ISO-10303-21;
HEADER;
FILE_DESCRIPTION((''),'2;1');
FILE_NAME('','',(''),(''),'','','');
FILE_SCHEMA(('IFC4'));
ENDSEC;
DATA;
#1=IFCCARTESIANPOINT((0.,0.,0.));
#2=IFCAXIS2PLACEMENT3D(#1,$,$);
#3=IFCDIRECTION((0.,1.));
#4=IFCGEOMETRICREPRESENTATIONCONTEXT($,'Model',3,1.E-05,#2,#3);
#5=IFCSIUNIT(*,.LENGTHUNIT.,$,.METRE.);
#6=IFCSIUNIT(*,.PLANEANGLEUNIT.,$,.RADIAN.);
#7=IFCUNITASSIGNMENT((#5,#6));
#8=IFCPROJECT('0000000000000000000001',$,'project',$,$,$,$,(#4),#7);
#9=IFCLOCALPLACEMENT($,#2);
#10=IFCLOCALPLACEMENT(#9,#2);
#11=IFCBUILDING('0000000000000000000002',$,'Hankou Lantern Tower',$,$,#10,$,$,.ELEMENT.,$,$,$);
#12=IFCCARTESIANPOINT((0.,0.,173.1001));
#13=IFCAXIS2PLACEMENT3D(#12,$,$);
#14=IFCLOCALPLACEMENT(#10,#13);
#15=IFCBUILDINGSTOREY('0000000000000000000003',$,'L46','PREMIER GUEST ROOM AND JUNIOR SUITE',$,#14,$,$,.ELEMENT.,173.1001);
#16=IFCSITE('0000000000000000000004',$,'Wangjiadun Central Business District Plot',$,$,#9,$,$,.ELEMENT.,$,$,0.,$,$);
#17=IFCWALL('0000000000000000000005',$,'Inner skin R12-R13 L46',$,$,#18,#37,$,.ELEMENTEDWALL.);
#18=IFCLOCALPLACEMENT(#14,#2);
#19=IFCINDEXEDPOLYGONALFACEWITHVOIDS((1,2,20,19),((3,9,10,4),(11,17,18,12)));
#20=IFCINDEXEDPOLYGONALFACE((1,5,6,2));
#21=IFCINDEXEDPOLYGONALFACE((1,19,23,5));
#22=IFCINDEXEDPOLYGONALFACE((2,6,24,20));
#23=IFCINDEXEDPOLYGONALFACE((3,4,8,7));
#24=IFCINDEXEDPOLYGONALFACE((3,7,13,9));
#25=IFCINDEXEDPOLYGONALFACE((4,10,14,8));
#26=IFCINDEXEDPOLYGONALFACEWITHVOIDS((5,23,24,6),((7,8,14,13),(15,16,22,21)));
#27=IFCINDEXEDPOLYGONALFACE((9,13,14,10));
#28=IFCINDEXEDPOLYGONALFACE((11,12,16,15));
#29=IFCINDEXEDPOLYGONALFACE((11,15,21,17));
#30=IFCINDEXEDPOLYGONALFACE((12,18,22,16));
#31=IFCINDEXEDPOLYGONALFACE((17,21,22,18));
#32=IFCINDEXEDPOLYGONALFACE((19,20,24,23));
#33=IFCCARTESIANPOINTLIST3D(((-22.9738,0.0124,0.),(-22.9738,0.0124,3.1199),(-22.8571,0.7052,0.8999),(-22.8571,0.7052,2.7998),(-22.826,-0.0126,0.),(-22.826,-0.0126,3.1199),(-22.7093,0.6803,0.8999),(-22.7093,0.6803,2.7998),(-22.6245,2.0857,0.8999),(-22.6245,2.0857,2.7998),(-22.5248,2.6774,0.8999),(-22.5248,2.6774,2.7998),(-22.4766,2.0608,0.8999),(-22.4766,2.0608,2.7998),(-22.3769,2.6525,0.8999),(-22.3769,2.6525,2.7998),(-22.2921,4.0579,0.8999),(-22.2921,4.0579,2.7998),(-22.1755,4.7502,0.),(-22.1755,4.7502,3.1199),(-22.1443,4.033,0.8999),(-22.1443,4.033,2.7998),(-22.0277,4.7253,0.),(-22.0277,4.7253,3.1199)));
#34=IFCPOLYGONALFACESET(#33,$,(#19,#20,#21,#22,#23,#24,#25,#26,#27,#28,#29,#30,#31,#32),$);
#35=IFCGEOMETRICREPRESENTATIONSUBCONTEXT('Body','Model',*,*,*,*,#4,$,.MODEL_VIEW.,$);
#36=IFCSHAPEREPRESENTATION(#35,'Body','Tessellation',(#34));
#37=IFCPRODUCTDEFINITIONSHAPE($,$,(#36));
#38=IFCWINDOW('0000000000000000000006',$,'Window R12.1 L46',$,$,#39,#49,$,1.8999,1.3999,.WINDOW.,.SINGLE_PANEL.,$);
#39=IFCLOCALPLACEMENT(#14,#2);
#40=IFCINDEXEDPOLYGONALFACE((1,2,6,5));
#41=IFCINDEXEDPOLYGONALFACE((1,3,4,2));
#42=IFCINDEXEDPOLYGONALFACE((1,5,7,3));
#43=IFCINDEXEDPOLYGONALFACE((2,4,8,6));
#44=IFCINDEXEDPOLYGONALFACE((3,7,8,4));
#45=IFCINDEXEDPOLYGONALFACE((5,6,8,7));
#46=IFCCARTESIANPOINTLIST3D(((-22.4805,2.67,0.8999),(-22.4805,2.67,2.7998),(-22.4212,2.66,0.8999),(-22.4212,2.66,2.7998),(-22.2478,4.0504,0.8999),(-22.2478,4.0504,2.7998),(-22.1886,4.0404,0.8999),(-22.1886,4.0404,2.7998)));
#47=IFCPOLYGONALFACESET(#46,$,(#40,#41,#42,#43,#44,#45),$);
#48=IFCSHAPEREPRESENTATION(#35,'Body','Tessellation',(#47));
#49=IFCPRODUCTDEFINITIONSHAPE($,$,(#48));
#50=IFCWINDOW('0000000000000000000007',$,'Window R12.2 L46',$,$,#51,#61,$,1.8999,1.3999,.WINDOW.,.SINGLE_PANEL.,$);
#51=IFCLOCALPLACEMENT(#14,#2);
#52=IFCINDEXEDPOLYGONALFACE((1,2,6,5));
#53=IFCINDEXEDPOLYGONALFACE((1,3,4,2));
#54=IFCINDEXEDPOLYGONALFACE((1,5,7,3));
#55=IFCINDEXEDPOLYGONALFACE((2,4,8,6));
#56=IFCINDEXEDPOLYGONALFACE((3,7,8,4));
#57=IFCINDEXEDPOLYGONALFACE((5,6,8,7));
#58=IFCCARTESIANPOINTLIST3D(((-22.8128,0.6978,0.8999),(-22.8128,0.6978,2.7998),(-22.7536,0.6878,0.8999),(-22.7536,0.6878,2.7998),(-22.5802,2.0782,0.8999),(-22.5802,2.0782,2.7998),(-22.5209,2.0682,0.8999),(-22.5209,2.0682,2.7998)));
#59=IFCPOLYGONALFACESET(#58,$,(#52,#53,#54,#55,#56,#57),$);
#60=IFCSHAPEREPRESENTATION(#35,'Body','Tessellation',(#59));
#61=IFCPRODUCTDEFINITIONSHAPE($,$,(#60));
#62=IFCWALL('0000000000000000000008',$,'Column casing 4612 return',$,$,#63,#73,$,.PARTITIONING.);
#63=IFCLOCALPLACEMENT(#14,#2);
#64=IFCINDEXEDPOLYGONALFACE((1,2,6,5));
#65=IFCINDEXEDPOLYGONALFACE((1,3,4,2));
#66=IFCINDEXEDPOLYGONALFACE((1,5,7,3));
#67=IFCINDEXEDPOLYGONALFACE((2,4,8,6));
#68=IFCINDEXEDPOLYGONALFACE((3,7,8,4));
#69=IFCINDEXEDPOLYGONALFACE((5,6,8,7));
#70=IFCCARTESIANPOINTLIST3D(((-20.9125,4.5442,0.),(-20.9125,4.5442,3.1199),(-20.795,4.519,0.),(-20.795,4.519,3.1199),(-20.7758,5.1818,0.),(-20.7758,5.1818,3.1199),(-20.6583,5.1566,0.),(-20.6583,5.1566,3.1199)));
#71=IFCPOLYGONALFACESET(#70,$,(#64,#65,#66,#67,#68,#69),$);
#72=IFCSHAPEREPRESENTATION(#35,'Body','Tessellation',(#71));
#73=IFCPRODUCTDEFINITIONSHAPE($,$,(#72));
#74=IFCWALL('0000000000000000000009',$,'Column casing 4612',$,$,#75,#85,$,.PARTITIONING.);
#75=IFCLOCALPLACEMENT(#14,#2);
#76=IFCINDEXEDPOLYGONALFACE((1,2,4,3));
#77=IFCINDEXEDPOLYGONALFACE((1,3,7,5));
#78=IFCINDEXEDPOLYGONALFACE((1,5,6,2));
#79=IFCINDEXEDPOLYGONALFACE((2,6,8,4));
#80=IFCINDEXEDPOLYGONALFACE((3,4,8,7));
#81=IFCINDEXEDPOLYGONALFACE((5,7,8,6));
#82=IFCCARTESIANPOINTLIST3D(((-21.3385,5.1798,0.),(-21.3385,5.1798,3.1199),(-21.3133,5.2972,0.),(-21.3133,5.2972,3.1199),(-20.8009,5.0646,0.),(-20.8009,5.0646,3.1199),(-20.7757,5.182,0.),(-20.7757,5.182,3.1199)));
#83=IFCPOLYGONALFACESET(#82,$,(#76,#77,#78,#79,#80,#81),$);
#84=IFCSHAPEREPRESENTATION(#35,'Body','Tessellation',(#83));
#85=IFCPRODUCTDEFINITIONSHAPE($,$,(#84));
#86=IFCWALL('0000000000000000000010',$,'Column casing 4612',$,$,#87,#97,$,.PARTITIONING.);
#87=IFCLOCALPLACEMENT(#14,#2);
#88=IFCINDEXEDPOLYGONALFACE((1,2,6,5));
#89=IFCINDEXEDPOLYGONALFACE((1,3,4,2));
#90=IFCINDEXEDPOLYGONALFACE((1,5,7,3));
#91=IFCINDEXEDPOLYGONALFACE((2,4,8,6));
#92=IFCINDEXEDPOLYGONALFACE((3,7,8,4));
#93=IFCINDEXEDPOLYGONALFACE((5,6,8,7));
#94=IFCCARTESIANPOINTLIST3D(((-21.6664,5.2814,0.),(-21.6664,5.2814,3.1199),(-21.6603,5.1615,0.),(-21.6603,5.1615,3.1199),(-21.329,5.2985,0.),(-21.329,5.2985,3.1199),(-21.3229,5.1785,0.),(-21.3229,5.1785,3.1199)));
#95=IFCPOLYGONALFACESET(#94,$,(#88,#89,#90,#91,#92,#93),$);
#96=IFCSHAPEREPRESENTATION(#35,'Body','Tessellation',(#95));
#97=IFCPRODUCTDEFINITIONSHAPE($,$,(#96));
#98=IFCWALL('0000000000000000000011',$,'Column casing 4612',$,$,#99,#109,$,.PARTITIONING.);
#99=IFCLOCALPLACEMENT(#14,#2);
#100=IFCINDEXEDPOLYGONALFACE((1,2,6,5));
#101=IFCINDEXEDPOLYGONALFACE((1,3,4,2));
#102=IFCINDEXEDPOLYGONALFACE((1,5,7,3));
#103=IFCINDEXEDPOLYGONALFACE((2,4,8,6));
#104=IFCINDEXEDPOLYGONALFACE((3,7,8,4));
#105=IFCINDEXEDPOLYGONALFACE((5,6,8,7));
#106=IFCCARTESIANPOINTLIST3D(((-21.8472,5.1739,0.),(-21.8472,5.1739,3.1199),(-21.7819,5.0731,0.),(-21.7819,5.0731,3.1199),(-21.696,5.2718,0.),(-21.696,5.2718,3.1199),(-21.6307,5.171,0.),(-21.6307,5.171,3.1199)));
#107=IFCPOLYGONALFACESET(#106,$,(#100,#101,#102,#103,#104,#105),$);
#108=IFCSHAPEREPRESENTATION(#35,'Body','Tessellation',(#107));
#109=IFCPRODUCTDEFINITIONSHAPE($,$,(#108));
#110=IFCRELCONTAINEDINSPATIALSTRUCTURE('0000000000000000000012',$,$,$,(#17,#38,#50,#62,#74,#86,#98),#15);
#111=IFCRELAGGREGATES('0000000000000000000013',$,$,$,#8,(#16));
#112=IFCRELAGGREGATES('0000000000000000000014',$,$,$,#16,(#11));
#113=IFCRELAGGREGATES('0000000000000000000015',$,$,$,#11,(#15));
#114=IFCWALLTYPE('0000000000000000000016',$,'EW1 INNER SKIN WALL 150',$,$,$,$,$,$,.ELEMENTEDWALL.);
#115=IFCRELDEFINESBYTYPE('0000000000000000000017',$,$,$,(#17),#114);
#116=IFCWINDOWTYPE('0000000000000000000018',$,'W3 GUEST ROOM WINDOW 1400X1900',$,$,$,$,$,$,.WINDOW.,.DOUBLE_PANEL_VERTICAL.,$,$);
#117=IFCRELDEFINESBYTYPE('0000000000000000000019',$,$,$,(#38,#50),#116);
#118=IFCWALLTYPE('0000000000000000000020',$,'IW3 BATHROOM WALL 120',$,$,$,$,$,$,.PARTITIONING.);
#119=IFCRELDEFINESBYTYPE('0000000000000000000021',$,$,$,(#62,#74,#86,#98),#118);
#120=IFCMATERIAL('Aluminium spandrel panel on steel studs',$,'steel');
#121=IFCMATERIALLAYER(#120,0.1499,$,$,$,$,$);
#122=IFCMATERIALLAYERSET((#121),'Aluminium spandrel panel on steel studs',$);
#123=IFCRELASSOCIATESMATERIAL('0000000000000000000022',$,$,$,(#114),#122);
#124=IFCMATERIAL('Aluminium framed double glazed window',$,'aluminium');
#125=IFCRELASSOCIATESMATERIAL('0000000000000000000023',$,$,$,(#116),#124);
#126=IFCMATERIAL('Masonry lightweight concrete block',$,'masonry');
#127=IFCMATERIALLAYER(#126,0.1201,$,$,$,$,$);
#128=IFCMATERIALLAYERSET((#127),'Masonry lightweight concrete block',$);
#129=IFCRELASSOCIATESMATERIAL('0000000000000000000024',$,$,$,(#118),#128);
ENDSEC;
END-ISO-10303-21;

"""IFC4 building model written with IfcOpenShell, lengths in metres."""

from ifc_helpers import new_model, si_unit, direction, frame, frame_2d, origin, place, context, subcontext, project, spatial, rectangle, extrude, material, layer, layer_set, type_object, element, fill, save


model = new_model("IFC4")

# Units and contexts
model_context = context("Model", 3, precision=1e-05, world=origin(), true_north=direction((0.0, 1.0)))
body_context = subcontext(model_context, "Body", "Model", "MODEL_VIEW")
ifc_project = project(units=[si_unit("LENGTHUNIT", "METRE"), si_unit("PLANEANGLEUNIT", "RADIAN")], contexts=[model_context])

# Site, building, storey
site_placement = place(None, origin())
site = spatial("IfcSite", under=ifc_project, at=site_placement, Name="Wangjiadun Central Business District Plot", CompositionType="ELEMENT", RefElevation=0.0)
building_placement = place(site_placement, origin())
building = spatial("IfcBuilding", under=site, at=building_placement, Name="Hankou Lantern Tower", CompositionType="ELEMENT")
storey_placement = place(building_placement, frame((0.0, 0.0, 173.1001)))
storey = spatial("IfcBuildingStorey", under=building, at=storey_placement, Name="L46", Description="PREMIER GUEST ROOM AND JUNIOR SUITE", CompositionType="ELEMENT", Elevation=173.1001)

# Wall, openings, windows
ifc_material_1 = material(Name="Aluminium spandrel panel on steel studs", Category="steel")
ifc_layer_1 = layer(ifc_material_1, 0.1499)
ifc_layer_set_1 = layer_set([ifc_layer_1], Name="Aluminium spandrel panel on steel studs")
wall_type_1 = type_object("IfcWallType", Name="EW1 INNER SKIN WALL 150", PredefinedType="ELEMENTEDWALL", material=ifc_layer_set_1)
wall_1_placement = place(storey_placement, frame((-22.1016, 4.7378, 0.0), z_axis=(0.0, 0.0, 1.0), x_axis=(-0.166162, -0.986098, 0.0)))
wall_1 = element("IfcWall", 1, at=wall_1_placement, inside=storey, type_object=wall_type_1, Name="Inner skin R12-R13 L46", PredefinedType="ELEMENTEDWALL", context=body_context, shape_type="SweptSolid", body=[
    extrude(rectangle(XDim=4.8047, YDim=0.1499, at=frame_2d((2.4023, 0.0))), origin(), (0.0, 0.0, 1.0), 3.1199),
])
opening_1_placement = place(wall_1_placement, frame((0.7021, 0.0, 0.8999)))
opening_1 = element("IfcOpeningElement", 2, at=opening_1_placement, cuts=wall_1, PredefinedType="OPENING", context=body_context, shape_type="SweptSolid", body=[
    extrude(rectangle(XDim=1.3999, YDim=1.8999, at=frame_2d((0.7, 0.95))), frame((0.0, 0.085, 0.0), z_axis=(0.0, -1.0, 0.0), x_axis=(1.0, 0.0, 0.0)), (0.0, 0.0, 1.0), 0.1699),
])
opening_2_placement = place(wall_1_placement, frame((2.7021, 0.0, 0.8999)))
opening_2 = element("IfcOpeningElement", 3, at=opening_2_placement, cuts=wall_1, PredefinedType="OPENING", context=body_context, shape_type="SweptSolid", body=[
    extrude(rectangle(XDim=1.3999, YDim=1.8999, at=frame_2d((0.7, 0.95))), frame((0.0, 0.085, 0.0), z_axis=(0.0, -1.0, 0.0), x_axis=(1.0, 0.0, 0.0)), (0.0, 0.0, 1.0), 0.1699),
])
ifc_material_2 = material(Name="Aluminium framed double glazed window", Category="aluminium")
window_type = type_object("IfcWindowType", Name="W3 GUEST ROOM WINDOW 1400X1900", PartitioningType="DOUBLE_PANEL_VERTICAL", PredefinedType="WINDOW", material=ifc_material_2)
window_1_placement = place(opening_1_placement, origin())
window_1 = element("IfcWindow", 4, at=window_1_placement, inside=storey, type_object=window_type, Name="Window R12.1 L46", OverallHeight=1.8999, OverallWidth=1.3999, PartitioningType="SINGLE_PANEL", PredefinedType="WINDOW", context=body_context, shape_type="SweptSolid", body=[
    extrude(rectangle(XDim=1.3999, YDim=1.8999, at=frame_2d((0.7, 0.95))), frame((0.0, 0.03, 0.0), z_axis=(0.0, -1.0, 0.0), x_axis=(1.0, 0.0, 0.0)), (0.0, 0.0, 1.0), 0.0601),
])
fill(opening_1, window_1)
window_2_placement = place(opening_2_placement, origin())
window_2 = element("IfcWindow", 5, at=window_2_placement, inside=storey, type_object=window_type, Name="Window R12.2 L46", OverallHeight=1.8999, OverallWidth=1.3999, PartitioningType="SINGLE_PANEL", PredefinedType="WINDOW", context=body_context, shape_type="SweptSolid", body=[
    extrude(rectangle(XDim=1.3999, YDim=1.8999, at=frame_2d((0.7, 0.95))), frame((0.0, 0.03, 0.0), z_axis=(0.0, -1.0, 0.0), x_axis=(1.0, 0.0, 0.0)), (0.0, 0.0, 1.0), 0.0601),
])
fill(opening_2, window_2)

# Walls
ifc_material_3 = material(Name="Masonry lightweight concrete block", Category="masonry")
ifc_layer_2 = layer(ifc_material_3, 0.1201)
ifc_layer_set_2 = layer_set([ifc_layer_2], Name="Masonry lightweight concrete block")
wall_type_2 = type_object("IfcWallType", Name="IW3 BATHROOM WALL 120", PredefinedType="PARTITIONING", material=ifc_layer_set_2)
wall_2_placement = place(storey_placement, frame((-20.8538, 4.5315, 0.0), z_axis=(0.0, 0.0, 1.0), x_axis=(0.209631, 0.97778, 0.0)))
element("IfcWall", 6, at=wall_2_placement, inside=storey, type_object=wall_type_2, Name="Column casing 4612 return", PredefinedType="PARTITIONING", context=body_context, shape_type="SweptSolid", body=[
    extrude(rectangle(XDim=0.6521, YDim=0.1201, at=frame_2d((0.3262, 0.0))), origin(), (0.0, 0.0, 1.0), 3.1199),
])
wall_3_placement = place(storey_placement, frame((-20.7883, 5.1233, 0.0), z_axis=(0.0, 0.0, 1.0), x_axis=(-0.977789, 0.20959, 0.0)))
element("IfcWall", 7, at=wall_3_placement, inside=storey, type_object=wall_type_2, Name="Column casing 4612", PredefinedType="PARTITIONING", context=body_context, shape_type="SweptSolid", body=[
    extrude(rectangle(XDim=0.5498, YDim=0.1201, at=frame_2d((0.2749, 0.0))), origin(), (0.0, 0.0, 1.0), 3.1199),
])
wall_4_placement = place(storey_placement, frame((-21.3259, 5.2385, 0.0), z_axis=(0.0, 0.0, 1.0), x_axis=(-0.99872, -0.050586, 0.0)))
element("IfcWall", 8, at=wall_4_placement, inside=storey, type_object=wall_type_2, Name="Column casing 4612", PredefinedType="PARTITIONING", context=body_context, shape_type="SweptSolid", body=[
    extrude(rectangle(XDim=0.3379, YDim=0.1201, at=frame_2d((0.1689, 0.0))), origin(), (0.0, 0.0, 1.0), 3.1199),
])
wall_5_placement = place(storey_placement, frame((-21.6633, 5.2214, 0.0), z_axis=(0.0, 0.0, 1.0), x_axis=(-0.839279, -0.543701, 0.0)))
element("IfcWall", 9, at=wall_5_placement, inside=storey, type_object=wall_type_2, Name="Column casing 4612", PredefinedType="PARTITIONING", context=body_context, shape_type="SweptSolid", body=[
    extrude(rectangle(XDim=0.1802, YDim=0.1201, at=frame_2d((0.0901, 0.0))), origin(), (0.0, 0.0, 1.0), 3.1199),
])

save(model, "model.ifc")
